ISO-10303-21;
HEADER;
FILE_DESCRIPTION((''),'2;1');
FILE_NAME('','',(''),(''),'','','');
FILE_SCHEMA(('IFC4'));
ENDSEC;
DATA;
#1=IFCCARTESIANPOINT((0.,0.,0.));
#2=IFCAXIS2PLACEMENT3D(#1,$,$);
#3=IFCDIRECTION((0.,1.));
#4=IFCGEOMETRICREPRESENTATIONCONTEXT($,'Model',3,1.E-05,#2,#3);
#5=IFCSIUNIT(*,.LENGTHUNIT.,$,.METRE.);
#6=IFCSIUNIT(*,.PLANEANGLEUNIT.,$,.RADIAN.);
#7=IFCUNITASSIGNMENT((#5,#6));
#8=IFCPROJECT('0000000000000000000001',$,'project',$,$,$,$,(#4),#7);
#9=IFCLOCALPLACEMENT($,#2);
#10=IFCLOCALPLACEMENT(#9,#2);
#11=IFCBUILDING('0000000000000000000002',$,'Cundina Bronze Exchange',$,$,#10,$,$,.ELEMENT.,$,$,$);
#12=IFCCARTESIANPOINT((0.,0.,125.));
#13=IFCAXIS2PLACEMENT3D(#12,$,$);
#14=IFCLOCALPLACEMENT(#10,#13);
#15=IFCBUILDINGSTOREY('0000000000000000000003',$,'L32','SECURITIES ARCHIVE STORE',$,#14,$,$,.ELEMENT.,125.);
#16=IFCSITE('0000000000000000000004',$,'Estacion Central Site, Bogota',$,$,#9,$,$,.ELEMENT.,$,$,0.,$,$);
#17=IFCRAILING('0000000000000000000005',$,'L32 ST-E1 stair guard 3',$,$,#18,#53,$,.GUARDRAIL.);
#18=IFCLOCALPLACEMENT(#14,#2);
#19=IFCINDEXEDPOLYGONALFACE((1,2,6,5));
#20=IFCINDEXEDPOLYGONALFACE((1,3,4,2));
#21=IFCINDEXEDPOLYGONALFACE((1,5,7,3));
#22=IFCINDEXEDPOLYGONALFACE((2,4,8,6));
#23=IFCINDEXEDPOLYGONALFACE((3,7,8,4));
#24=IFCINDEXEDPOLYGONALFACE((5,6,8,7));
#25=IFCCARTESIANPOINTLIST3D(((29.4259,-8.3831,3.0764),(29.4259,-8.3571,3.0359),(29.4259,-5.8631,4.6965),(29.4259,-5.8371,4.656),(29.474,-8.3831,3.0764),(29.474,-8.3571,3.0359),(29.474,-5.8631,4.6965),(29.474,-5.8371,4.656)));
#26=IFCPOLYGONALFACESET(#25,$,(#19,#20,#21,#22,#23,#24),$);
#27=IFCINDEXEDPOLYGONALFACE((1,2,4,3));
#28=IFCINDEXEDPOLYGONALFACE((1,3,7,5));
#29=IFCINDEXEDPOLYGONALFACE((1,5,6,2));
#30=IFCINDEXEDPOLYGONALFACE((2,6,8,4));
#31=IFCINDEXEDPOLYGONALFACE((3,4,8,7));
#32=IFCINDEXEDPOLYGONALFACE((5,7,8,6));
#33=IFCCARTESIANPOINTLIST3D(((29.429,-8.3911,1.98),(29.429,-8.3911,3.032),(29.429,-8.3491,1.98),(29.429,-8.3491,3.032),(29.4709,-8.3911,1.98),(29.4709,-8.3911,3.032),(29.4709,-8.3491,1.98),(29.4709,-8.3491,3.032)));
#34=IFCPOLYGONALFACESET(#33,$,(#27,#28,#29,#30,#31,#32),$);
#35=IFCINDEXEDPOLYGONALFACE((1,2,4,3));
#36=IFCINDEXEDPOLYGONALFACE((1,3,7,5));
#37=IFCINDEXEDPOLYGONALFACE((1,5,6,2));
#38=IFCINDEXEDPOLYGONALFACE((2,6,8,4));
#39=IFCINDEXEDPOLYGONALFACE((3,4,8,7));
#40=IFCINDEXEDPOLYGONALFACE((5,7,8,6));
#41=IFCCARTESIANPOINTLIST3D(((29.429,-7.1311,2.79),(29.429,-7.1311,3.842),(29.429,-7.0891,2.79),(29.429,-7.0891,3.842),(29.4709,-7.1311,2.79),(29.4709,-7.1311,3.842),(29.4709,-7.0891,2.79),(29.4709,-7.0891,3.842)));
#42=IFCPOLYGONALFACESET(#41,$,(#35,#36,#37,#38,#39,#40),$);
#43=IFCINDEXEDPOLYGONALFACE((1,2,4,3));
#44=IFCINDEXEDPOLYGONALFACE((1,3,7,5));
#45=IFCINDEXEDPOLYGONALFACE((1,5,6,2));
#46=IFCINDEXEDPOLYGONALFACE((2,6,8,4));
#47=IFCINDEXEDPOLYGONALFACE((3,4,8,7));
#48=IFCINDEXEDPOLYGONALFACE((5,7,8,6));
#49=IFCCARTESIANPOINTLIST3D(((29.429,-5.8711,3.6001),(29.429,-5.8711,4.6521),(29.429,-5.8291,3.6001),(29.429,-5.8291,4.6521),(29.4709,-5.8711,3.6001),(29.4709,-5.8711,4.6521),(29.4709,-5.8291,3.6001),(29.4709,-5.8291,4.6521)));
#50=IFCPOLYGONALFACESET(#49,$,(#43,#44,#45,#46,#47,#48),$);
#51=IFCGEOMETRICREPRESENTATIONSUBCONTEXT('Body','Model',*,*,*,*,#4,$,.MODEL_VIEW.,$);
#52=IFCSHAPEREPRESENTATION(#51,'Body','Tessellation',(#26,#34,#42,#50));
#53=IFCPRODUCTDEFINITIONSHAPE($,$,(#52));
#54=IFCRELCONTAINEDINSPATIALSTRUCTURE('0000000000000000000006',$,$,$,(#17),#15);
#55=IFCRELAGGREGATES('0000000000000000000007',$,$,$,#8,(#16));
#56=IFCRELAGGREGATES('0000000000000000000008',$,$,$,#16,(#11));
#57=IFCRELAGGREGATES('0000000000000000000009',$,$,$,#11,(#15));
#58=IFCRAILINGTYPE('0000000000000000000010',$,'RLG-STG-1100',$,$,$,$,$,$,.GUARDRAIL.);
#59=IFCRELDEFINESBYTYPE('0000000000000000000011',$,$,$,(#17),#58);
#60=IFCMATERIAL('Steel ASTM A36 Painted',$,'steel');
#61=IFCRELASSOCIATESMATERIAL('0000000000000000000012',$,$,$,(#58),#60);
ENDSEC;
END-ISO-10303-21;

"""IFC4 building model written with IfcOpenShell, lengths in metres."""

from ifc_helpers import new_model, si_unit, direction, frame, origin, origin_2d, place, context, subcontext, project, spatial, rectangle, extrude, material, type_object, element, save


model = new_model("IFC4")

# Units and contexts
model_context = context("Model", 3, precision=1e-05, world=origin(), true_north=direction((0.0, 1.0)))
body_context = subcontext(model_context, "Body", "Model", "MODEL_VIEW")
ifc_project = project(units=[si_unit("LENGTHUNIT", "METRE"), si_unit("PLANEANGLEUNIT", "RADIAN")], contexts=[model_context])

# Site, building, storey
site_placement = place(None, origin())
site = spatial("IfcSite", under=ifc_project, at=site_placement, Name="Estacion Central Site, Bogota", CompositionType="ELEMENT", RefElevation=0.0)
building_placement = place(site_placement, origin())
building = spatial("IfcBuilding", under=site, at=building_placement, Name="Cundina Bronze Exchange", CompositionType="ELEMENT")
storey_placement = place(building_placement, frame((0.0, 0.0, 125.0)))
storey = spatial("IfcBuildingStorey", under=building, at=storey_placement, Name="L32", Description="SECURITIES ARCHIVE STORE", CompositionType="ELEMENT", Elevation=125.0)

# Railing
ifc_material_1 = material(Name="Steel ASTM A36 Painted", Category="steel")
railing_type_1 = type_object("IfcRailingType", Name="RLG-STG-1100", PredefinedType="GUARDRAIL", material=ifc_material_1)
railing_1_placement = place(storey_placement, frame((29.45, -8.3701, 1.98)))
element("IfcRailing", 1, at=railing_1_placement, inside=storey, type_object=railing_type_1, Name="L32 ST-E1 stair guard 3", PredefinedType="GUARDRAIL", context=body_context, shape_type="SweptSolid", body=[
    extrude(rectangle(XDim=0.0481, YDim=0.0481, at=origin_2d()), frame((0.0, 0.0, 1.0762), z_axis=(0.0, 0.841163, 0.540782), x_axis=(-1.0, 0.0, 0.0)), (0.0, 0.0, 1.0), 2.9958),
    extrude(rectangle(XDim=0.042, YDim=0.042, at=origin_2d()), origin(), (0.0, 0.0, 1.0), 1.052),
    extrude(rectangle(XDim=0.042, YDim=0.042, at=origin_2d()), frame((0.0, 1.26, 0.8101)), (0.0, 0.0, 1.0), 1.052),
    extrude(rectangle(XDim=0.042, YDim=0.042, at=origin_2d()), frame((0.0, 2.52, 1.6201)), (0.0, 0.0, 1.0), 1.052),
])

save(model, "model.ifc")
